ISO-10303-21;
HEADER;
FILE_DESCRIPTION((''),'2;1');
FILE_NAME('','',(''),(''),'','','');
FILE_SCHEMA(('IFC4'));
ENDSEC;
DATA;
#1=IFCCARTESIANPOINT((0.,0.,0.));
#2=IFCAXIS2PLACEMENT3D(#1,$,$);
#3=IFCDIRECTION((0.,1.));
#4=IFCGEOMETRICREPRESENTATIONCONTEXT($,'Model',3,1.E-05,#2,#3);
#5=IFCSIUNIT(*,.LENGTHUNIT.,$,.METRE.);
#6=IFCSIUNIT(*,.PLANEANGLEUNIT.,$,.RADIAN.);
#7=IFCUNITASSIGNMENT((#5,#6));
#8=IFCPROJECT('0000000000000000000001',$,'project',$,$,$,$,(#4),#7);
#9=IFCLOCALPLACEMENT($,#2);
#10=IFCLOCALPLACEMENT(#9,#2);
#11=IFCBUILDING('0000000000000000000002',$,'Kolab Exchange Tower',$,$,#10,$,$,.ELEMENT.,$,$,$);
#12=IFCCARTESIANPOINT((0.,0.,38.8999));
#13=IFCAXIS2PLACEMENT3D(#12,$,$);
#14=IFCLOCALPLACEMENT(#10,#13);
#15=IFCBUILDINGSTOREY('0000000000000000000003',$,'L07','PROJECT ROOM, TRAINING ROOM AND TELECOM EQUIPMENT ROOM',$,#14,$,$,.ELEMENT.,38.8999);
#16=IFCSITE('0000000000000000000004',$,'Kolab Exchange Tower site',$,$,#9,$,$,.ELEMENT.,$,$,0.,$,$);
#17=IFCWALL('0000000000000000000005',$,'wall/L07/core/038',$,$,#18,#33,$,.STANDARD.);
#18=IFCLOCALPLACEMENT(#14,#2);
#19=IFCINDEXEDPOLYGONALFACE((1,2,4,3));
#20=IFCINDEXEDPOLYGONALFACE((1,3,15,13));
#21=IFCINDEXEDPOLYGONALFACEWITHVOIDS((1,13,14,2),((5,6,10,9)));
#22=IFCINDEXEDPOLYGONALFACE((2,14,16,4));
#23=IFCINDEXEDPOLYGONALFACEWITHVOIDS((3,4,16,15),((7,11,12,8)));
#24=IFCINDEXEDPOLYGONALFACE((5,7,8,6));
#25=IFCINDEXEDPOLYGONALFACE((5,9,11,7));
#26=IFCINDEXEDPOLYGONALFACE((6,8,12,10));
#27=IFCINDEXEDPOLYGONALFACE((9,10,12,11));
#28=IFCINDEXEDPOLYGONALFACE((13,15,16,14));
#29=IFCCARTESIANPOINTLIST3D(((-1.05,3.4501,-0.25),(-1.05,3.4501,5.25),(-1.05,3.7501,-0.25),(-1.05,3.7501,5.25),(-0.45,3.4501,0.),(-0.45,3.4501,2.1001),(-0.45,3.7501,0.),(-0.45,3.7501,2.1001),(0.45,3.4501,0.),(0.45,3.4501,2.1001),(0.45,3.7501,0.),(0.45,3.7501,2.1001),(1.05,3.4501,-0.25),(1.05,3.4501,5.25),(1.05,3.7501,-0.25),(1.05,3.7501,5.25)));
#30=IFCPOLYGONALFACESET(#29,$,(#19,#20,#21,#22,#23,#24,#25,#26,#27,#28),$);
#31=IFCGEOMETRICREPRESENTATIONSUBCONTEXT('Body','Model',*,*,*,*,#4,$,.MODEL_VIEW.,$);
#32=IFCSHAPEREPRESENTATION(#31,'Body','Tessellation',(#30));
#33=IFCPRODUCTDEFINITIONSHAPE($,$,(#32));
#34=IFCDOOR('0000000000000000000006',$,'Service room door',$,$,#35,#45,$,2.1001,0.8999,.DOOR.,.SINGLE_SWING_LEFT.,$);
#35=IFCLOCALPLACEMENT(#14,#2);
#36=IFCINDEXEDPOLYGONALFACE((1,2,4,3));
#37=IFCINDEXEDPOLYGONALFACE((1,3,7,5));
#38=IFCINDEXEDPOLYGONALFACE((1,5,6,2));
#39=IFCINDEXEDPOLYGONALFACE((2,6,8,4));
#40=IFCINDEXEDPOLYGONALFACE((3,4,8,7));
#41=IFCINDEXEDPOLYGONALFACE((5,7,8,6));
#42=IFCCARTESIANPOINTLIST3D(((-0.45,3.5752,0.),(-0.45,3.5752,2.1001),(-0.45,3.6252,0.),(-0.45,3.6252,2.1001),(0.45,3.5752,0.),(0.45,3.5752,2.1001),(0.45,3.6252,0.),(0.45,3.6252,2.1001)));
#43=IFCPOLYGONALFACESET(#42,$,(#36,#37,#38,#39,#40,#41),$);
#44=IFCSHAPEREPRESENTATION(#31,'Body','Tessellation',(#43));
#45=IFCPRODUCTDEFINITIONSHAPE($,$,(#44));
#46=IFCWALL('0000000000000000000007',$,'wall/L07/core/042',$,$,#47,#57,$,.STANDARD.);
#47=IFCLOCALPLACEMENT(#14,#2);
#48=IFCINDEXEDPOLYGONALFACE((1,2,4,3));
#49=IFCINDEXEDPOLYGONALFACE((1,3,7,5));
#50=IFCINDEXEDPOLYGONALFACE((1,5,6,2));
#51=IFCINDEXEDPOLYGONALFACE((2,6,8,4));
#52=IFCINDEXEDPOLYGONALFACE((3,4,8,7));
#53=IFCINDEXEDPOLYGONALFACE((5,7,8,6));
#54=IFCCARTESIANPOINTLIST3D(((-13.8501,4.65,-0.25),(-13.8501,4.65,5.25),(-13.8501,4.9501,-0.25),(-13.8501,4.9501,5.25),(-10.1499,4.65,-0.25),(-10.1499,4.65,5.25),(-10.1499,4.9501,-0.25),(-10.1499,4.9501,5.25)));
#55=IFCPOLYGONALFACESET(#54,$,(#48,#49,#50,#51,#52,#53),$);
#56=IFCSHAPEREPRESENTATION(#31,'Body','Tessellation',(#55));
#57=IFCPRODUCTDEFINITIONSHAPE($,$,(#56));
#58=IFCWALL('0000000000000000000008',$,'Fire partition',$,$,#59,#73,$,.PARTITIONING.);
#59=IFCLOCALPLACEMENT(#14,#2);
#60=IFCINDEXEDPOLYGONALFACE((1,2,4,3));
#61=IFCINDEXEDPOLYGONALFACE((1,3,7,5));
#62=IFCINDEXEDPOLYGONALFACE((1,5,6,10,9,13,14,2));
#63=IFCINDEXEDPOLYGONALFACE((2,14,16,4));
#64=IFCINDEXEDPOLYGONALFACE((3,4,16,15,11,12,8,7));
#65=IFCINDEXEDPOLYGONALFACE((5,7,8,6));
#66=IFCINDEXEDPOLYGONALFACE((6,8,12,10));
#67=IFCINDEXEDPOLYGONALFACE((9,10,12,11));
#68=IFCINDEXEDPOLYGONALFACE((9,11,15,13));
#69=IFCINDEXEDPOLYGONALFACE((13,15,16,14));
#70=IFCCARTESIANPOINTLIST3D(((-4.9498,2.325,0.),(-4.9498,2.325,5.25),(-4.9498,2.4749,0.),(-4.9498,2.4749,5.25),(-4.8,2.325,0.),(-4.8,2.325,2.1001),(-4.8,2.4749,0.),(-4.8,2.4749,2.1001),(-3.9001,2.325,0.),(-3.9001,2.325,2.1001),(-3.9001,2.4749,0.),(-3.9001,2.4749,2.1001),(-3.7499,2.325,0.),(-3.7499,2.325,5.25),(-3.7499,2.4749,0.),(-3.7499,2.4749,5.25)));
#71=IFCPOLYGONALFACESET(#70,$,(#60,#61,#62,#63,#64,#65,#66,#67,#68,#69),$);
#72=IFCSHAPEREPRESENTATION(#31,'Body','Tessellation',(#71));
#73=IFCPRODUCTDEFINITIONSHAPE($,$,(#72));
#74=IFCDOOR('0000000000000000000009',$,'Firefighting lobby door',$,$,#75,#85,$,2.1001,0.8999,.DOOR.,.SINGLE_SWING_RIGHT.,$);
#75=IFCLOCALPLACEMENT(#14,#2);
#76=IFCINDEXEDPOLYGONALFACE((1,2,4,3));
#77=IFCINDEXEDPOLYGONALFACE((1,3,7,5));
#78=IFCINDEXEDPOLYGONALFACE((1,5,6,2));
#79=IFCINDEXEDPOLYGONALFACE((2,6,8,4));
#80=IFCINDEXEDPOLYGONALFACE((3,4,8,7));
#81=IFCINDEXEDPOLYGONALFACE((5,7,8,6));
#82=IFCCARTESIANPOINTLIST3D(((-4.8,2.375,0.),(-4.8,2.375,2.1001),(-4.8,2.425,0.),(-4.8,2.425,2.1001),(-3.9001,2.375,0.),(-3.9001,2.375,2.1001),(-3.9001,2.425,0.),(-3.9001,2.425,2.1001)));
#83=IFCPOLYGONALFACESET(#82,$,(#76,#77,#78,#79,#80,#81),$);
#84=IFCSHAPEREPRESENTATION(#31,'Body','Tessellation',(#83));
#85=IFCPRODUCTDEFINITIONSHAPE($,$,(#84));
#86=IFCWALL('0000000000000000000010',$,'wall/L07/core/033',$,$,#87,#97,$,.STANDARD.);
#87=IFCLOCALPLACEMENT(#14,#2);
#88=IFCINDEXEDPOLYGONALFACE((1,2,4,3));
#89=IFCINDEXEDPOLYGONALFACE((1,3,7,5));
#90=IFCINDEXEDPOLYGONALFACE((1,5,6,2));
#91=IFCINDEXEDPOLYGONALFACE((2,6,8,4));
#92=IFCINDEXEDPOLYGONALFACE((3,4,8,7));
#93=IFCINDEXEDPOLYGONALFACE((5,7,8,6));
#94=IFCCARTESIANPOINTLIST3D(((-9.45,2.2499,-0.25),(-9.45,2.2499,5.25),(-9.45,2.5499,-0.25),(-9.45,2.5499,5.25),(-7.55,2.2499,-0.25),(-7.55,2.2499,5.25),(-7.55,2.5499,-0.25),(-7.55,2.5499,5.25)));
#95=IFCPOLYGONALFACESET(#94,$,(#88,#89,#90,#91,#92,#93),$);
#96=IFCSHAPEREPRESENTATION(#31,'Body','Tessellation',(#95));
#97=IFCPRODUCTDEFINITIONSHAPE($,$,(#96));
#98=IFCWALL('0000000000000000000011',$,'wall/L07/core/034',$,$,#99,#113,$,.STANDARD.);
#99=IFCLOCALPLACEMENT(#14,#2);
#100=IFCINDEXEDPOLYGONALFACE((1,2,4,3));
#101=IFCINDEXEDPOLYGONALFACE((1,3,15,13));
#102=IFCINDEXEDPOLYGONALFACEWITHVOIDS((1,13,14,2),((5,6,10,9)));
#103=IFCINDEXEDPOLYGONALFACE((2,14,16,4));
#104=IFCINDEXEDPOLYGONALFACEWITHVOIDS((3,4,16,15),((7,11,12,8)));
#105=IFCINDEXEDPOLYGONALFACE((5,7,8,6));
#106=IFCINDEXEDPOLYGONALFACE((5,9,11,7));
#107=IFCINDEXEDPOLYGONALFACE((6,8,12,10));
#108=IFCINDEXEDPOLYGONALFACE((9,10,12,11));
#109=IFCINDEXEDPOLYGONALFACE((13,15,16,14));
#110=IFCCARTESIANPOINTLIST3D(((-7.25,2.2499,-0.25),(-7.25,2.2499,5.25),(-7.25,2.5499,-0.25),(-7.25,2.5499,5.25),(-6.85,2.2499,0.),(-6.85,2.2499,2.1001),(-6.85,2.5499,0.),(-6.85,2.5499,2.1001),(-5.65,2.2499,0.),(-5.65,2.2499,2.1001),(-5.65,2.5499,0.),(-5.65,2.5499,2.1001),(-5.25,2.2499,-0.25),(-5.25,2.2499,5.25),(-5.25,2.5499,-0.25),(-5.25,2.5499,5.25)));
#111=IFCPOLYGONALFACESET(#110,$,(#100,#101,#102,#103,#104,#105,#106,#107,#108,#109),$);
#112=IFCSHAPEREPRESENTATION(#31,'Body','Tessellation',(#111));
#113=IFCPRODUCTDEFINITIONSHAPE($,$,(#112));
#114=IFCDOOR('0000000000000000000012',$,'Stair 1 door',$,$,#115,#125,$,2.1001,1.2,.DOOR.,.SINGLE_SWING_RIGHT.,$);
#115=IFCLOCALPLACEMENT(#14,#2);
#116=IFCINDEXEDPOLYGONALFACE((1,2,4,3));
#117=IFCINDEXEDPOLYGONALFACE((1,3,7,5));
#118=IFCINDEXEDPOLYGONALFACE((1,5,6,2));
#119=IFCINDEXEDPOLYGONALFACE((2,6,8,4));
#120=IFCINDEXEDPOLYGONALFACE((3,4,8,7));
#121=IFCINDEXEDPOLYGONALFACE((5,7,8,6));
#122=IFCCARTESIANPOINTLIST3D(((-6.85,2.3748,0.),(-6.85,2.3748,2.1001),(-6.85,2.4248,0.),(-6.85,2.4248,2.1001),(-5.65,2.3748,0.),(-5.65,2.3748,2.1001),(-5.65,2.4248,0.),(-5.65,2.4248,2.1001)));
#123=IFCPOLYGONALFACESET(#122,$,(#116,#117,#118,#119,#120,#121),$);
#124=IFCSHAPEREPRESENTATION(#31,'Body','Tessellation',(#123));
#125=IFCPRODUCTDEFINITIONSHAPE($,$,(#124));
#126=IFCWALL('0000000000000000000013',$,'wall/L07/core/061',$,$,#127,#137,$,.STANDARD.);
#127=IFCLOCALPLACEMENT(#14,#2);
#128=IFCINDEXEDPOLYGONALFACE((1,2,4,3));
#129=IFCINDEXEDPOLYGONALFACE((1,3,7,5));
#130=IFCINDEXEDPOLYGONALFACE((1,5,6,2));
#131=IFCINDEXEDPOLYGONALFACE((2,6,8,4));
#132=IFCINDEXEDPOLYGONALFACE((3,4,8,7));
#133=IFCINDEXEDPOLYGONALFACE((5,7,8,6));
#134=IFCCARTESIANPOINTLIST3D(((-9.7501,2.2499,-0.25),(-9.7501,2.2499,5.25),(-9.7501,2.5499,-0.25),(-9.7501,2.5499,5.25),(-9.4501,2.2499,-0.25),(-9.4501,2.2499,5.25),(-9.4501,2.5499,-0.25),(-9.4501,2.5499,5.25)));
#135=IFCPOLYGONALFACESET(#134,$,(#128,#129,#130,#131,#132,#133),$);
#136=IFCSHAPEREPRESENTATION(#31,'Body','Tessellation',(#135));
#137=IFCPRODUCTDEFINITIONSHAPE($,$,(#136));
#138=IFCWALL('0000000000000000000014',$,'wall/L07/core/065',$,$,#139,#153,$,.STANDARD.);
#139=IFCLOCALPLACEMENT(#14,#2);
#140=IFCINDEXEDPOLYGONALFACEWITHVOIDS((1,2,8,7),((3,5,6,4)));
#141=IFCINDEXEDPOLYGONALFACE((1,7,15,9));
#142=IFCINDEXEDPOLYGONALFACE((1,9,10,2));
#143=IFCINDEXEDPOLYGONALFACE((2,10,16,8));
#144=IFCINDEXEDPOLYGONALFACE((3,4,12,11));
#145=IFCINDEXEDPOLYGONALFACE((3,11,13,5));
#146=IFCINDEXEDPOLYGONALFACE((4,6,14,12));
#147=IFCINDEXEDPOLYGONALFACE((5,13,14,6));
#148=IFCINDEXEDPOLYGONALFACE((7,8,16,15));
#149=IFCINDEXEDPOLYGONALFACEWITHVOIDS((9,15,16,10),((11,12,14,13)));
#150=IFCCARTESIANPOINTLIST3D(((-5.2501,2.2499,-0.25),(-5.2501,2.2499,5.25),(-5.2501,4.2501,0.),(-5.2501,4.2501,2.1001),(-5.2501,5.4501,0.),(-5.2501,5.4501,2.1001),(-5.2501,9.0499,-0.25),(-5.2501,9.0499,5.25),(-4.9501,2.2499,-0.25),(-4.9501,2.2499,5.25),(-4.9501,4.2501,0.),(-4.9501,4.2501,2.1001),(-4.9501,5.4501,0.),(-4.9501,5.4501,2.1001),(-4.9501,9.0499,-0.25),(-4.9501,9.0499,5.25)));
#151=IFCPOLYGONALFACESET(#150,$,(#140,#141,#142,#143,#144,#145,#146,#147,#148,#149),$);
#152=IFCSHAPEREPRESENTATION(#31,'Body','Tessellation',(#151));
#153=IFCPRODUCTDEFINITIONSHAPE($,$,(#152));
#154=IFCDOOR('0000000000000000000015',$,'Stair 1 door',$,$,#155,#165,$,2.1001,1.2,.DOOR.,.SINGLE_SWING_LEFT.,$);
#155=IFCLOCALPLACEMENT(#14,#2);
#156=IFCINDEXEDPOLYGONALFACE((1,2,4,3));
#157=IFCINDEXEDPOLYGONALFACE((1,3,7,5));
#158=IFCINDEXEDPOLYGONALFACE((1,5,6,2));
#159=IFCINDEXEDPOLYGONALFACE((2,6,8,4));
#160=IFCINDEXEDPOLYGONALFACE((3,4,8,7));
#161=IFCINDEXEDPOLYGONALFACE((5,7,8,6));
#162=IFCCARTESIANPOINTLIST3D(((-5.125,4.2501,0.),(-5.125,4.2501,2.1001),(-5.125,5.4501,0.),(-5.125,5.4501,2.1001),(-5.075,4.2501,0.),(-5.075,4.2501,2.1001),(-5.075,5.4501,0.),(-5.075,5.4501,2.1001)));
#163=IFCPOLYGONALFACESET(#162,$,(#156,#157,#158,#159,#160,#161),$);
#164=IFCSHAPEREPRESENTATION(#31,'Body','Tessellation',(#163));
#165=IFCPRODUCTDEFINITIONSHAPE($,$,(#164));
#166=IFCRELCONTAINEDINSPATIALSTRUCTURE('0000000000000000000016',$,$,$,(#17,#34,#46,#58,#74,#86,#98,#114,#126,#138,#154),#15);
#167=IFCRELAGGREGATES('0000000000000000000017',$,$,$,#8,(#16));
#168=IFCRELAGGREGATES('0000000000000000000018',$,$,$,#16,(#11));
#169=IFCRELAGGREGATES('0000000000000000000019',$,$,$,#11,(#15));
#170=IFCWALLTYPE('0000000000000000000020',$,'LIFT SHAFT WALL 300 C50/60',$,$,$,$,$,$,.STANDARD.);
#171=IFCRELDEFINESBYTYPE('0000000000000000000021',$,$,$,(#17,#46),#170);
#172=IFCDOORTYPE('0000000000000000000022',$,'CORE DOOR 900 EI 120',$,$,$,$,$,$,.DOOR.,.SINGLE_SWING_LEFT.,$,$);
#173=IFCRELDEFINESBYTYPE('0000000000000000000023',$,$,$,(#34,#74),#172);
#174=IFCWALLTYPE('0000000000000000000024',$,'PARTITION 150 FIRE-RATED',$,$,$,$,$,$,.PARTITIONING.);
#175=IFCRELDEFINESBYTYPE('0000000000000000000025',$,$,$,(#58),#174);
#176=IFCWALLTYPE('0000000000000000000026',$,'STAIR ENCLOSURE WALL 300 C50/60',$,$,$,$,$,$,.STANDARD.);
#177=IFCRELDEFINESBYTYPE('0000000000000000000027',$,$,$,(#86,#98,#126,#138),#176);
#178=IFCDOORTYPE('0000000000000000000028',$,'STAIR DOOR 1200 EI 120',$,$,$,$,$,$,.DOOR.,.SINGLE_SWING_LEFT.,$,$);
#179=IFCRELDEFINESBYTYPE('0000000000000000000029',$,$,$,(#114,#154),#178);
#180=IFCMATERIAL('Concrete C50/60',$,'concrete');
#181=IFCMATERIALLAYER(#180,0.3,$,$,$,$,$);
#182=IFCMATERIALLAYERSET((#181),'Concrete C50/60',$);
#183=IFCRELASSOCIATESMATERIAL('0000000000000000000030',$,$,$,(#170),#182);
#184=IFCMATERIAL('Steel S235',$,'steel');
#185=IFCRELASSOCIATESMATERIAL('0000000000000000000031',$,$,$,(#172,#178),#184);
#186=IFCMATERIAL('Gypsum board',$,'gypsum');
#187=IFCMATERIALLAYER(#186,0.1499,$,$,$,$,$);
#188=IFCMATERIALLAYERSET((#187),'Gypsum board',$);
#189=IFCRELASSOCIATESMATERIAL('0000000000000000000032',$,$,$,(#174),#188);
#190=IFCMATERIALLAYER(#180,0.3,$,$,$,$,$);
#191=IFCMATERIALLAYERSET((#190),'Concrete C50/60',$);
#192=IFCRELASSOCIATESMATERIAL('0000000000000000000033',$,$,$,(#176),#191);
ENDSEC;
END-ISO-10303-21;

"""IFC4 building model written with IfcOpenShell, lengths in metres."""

from ifc_helpers import new_model, si_unit, direction, frame, frame_2d, origin, place, context, subcontext, project, spatial, rectangle, extrude, material, layer, layer_set, type_object, element, fill, save


model = new_model("IFC4")

# Units and contexts
model_context = context("Model", 3, precision=1e-05, world=origin(), true_north=direction((0.0, 1.0)))
body_context = subcontext(model_context, "Body", "Model", "MODEL_VIEW")
ifc_project = project(units=[si_unit("LENGTHUNIT", "METRE"), si_unit("PLANEANGLEUNIT", "RADIAN")], contexts=[model_context])

# Site, building, storey
site_placement = place(None, origin())
site = spatial("IfcSite", under=ifc_project, at=site_placement, Name="Kolab Exchange Tower site", CompositionType="ELEMENT", RefElevation=0.0)
building_placement = place(site_placement, origin())
building = spatial("IfcBuilding", under=site, at=building_placement, Name="Kolab Exchange Tower", CompositionType="ELEMENT")
storey_placement = place(building_placement, frame((0.0, 0.0, 38.8999)))
storey = spatial("IfcBuildingStorey", under=building, at=storey_placement, Name="L07", Description="PROJECT ROOM, TRAINING ROOM AND TELECOM EQUIPMENT ROOM", CompositionType="ELEMENT", Elevation=38.8999)

# Shared definitions
ifc_material_1 = material(Name="Concrete C50/60", Category="concrete")
ifc_layer_1 = layer(ifc_material_1, 0.3)
ifc_layer_set_1 = layer_set([ifc_layer_1], Name="Concrete C50/60")
wall_type_1 = type_object("IfcWallType", Name="LIFT SHAFT WALL 300 C50/60", PredefinedType="STANDARD", material=ifc_layer_set_1)

# Wall, opening, door
ifc_material_2 = material(Name="Steel S235", Category="steel")
door_type_1 = type_object("IfcDoorType", Name="CORE DOOR 900 EI 120", OperationType="SINGLE_SWING_LEFT", PredefinedType="DOOR", material=ifc_material_2)
wall_1_placement = place(storey_placement, frame((-1.05, 3.6001, -0.25), z_axis=(0.0, 0.0, 1.0), x_axis=(1.0, 0.0, 0.0)))
wall_1 = element("IfcWall", 1, at=wall_1_placement, inside=storey, type_object=wall_type_1, Name="wall/L07/core/038", PredefinedType="STANDARD", context=body_context, shape_type="SweptSolid", body=[
    extrude(rectangle(XDim=2.1001, YDim=0.3, at=frame_2d((1.05, 0.0))), origin(), (0.0, 0.0, 1.0), 5.5),
])
opening_1_placement = place(wall_1_placement, frame((0.6001, 0.0, 0.25)))
opening_1 = element("IfcOpeningElement", 2, at=opening_1_placement, cuts=wall_1, PredefinedType="OPENING", context=body_context, shape_type="SweptSolid", body=[
    extrude(rectangle(XDim=0.8999, YDim=2.1001, at=frame_2d((0.45, 1.05))), frame((0.0, 0.1602, 0.0), z_axis=(0.0, -1.0, 0.0), x_axis=(1.0, 0.0, 0.0)), (0.0, 0.0, 1.0), 0.3201),
])
door_1_placement = place(opening_1_placement, frame((0.8999, 0.0, 0.0), z_axis=(0.0, 0.0, 1.0), x_axis=(-1.0, 0.0, 0.0)))
door_1 = element("IfcDoor", 3, at=door_1_placement, inside=storey, type_object=door_type_1, Name="Service room door", OperationType="SINGLE_SWING_LEFT", OverallHeight=2.1001, OverallWidth=0.8999, PredefinedType="DOOR", context=body_context, shape_type="SweptSolid", body=[
    extrude(rectangle(XDim=0.8999, YDim=2.1001, at=frame_2d((0.45, 1.05))), frame((0.0, 0.0249, 0.0), z_axis=(0.0, -1.0, 0.0), x_axis=(1.0, 0.0, 0.0)), (0.0, 0.0, 1.0), 0.05),
])
fill(opening_1, door_1)

# Wall
wall_2_placement = place(storey_placement, frame((-13.8501, 4.8, -0.25), z_axis=(0.0, 0.0, 1.0), x_axis=(1.0, 0.0, 0.0)))
element("IfcWall", 4, at=wall_2_placement, inside=storey, type_object=wall_type_1, Name="wall/L07/core/042", PredefinedType="STANDARD", context=body_context, shape_type="SweptSolid", body=[
    extrude(rectangle(XDim=3.7002, YDim=0.3, at=frame_2d((1.8501, 0.0))), origin(), (0.0, 0.0, 1.0), 5.5),
])

# Wall, opening, door
ifc_material_3 = material(Name="Gypsum board", Category="gypsum")
ifc_layer_2 = layer(ifc_material_3, 0.1499)
ifc_layer_set_2 = layer_set([ifc_layer_2], Name="Gypsum board")
wall_type_2 = type_object("IfcWallType", Name="PARTITION 150 FIRE-RATED", PredefinedType="PARTITIONING", material=ifc_layer_set_2)
wall_3_placement = place(storey_placement, frame((-4.95, 2.3999, 0.0), z_axis=(0.0, 0.0, 1.0), x_axis=(1.0, 0.0, 0.0)))
wall_3 = element("IfcWall", 5, at=wall_3_placement, inside=storey, type_object=wall_type_2, Name="Fire partition", PredefinedType="PARTITIONING", context=body_context, shape_type="SweptSolid", body=[
    extrude(rectangle(XDim=1.2, YDim=0.1499, at=frame_2d((0.6001, 0.0))), origin(), (0.0, 0.0, 1.0), 5.25),
])
opening_2_placement = place(wall_3_placement, frame((0.1499, 0.0, 0.0)))
opening_2 = element("IfcOpeningElement", 6, at=opening_2_placement, cuts=wall_3, PredefinedType="OPENING", context=body_context, shape_type="SweptSolid", body=[
    extrude(rectangle(XDim=0.8999, YDim=2.1001, at=frame_2d((0.45, 1.05))), frame((0.0, 0.085, 0.0), z_axis=(0.0, -1.0, 0.0), x_axis=(1.0, 0.0, 0.0)), (0.0, 0.0, 1.0), 0.1699),
])
door_2_placement = place(opening_2_placement, frame((0.8999, 0.0, 0.0), z_axis=(0.0, 0.0, 1.0), x_axis=(-1.0, 0.0, 0.0)))
door_2 = element("IfcDoor", 7, at=door_2_placement, inside=storey, type_object=door_type_1, Name="Firefighting lobby door", OperationType="SINGLE_SWING_RIGHT", OverallHeight=2.1001, OverallWidth=0.8999, PredefinedType="DOOR", context=body_context, shape_type="SweptSolid", body=[
    extrude(rectangle(XDim=0.8999, YDim=2.1001, at=frame_2d((0.45, 1.05))), frame((0.0, 0.0249, 0.0), z_axis=(0.0, -1.0, 0.0), x_axis=(1.0, 0.0, 0.0)), (0.0, 0.0, 1.0), 0.05),
])
fill(opening_2, door_2)

# Wall
ifc_layer_3 = layer(ifc_material_1, 0.3)
ifc_layer_set_3 = layer_set([ifc_layer_3], Name="Concrete C50/60")
wall_type_3 = type_object("IfcWallType", Name="STAIR ENCLOSURE WALL 300 C50/60", PredefinedType="STANDARD", material=ifc_layer_set_3)
wall_4_placement = place(storey_placement, frame((-9.45, 2.3999, -0.25), z_axis=(0.0, 0.0, 1.0), x_axis=(1.0, 0.0, 0.0)))
element("IfcWall", 8, at=wall_4_placement, inside=storey, type_object=wall_type_3, Name="wall/L07/core/033", PredefinedType="STANDARD", context=body_context, shape_type="SweptSolid", body=[
    extrude(rectangle(XDim=1.8999, YDim=0.3, at=frame_2d((0.95, 0.0))), origin(), (0.0, 0.0, 1.0), 5.5),
])

# Wall, opening, door
wall_5_placement = place(storey_placement, frame((-7.25, 2.3999, -0.25), z_axis=(0.0, 0.0, 1.0), x_axis=(1.0, 0.0, 0.0)))
wall_5 = element("IfcWall", 9, at=wall_5_placement, inside=storey, type_object=wall_type_3, Name="wall/L07/core/034", PredefinedType="STANDARD", context=body_context, shape_type="SweptSolid", body=[
    extrude(rectangle(XDim=2.0, YDim=0.3, at=frame_2d((1.0, 0.0))), origin(), (0.0, 0.0, 1.0), 5.5),
])
opening_3_placement = place(wall_5_placement, frame((0.3999, 0.0, 0.25)))
opening_3 = element("IfcOpeningElement", 10, at=opening_3_placement, cuts=wall_5, PredefinedType="OPENING", context=body_context, shape_type="SweptSolid", body=[
    extrude(rectangle(XDim=1.2, YDim=2.1001, at=frame_2d((0.6001, 1.05))), frame((0.0, 0.1602, 0.0), z_axis=(0.0, -1.0, 0.0), x_axis=(1.0, 0.0, 0.0)), (0.0, 0.0, 1.0), 0.3201),
])
door_type_2 = type_object("IfcDoorType", Name="STAIR DOOR 1200 EI 120", OperationType="SINGLE_SWING_LEFT", PredefinedType="DOOR", material=ifc_material_2)
door_3_placement = place(opening_3_placement, origin())
door_3 = element("IfcDoor", 11, at=door_3_placement, inside=storey, type_object=door_type_2, Name="Stair 1 door", OperationType="SINGLE_SWING_RIGHT", OverallHeight=2.1001, OverallWidth=1.2, PredefinedType="DOOR", context=body_context, shape_type="SweptSolid", body=[
    extrude(rectangle(XDim=1.2, YDim=2.1001, at=frame_2d((0.6001, 1.05))), frame((0.0, 0.0249, 0.0), z_axis=(0.0, -1.0, 0.0), x_axis=(1.0, 0.0, 0.0)), (0.0, 0.0, 1.0), 0.05),
])
fill(opening_3, door_3)

# Wall
wall_6_placement = place(storey_placement, frame((-9.6001, 2.25, -0.25), z_axis=(0.0, 0.0, 1.0), x_axis=(0.0, 1.0, 0.0)))
element("IfcWall", 12, at=wall_6_placement, inside=storey, type_object=wall_type_3, Name="wall/L07/core/061", PredefinedType="STANDARD", context=body_context, shape_type="SweptSolid", body=[
    extrude(rectangle(XDim=0.3, YDim=0.3, at=frame_2d((0.1499, 0.0))), origin(), (0.0, 0.0, 1.0), 5.5),
])

# Wall, opening, door
wall_7_placement = place(storey_placement, frame((-5.1001, 2.25, -0.25), z_axis=(0.0, 0.0, 1.0), x_axis=(0.0, 1.0, 0.0)))
wall_7 = element("IfcWall", 13, at=wall_7_placement, inside=storey, type_object=wall_type_3, Name="wall/L07/core/065", PredefinedType="STANDARD", context=body_context, shape_type="SweptSolid", body=[
    extrude(rectangle(XDim=6.8, YDim=0.3, at=frame_2d((3.3999, 0.0))), origin(), (0.0, 0.0, 1.0), 5.5),
])
opening_4_placement = place(wall_7_placement, frame((2.0, 0.0, 0.25)))
opening_4 = element("IfcOpeningElement", 14, at=opening_4_placement, cuts=wall_7, PredefinedType="OPENING", context=body_context, shape_type="SweptSolid", body=[
    extrude(rectangle(XDim=1.2, YDim=2.1001, at=frame_2d((0.6001, 1.05))), frame((0.0, 0.1602, 0.0), z_axis=(0.0, -1.0, 0.0), x_axis=(1.0, 0.0, 0.0)), (0.0, 0.0, 1.0), 0.3201),
])
door_4_placement = place(opening_4_placement, origin())
door_4 = element("IfcDoor", 15, at=door_4_placement, inside=storey, type_object=door_type_2, Name="Stair 1 door", OperationType="SINGLE_SWING_LEFT", OverallHeight=2.1001, OverallWidth=1.2, PredefinedType="DOOR", context=body_context, shape_type="SweptSolid", body=[
    extrude(rectangle(XDim=1.2, YDim=2.1001, at=frame_2d((0.6001, 1.05))), frame((0.0, 0.0249, 0.0), z_axis=(0.0, -1.0, 0.0), x_axis=(1.0, 0.0, 0.0)), (0.0, 0.0, 1.0), 0.05),
])
fill(opening_4, door_4)

save(model, "model.ifc")
